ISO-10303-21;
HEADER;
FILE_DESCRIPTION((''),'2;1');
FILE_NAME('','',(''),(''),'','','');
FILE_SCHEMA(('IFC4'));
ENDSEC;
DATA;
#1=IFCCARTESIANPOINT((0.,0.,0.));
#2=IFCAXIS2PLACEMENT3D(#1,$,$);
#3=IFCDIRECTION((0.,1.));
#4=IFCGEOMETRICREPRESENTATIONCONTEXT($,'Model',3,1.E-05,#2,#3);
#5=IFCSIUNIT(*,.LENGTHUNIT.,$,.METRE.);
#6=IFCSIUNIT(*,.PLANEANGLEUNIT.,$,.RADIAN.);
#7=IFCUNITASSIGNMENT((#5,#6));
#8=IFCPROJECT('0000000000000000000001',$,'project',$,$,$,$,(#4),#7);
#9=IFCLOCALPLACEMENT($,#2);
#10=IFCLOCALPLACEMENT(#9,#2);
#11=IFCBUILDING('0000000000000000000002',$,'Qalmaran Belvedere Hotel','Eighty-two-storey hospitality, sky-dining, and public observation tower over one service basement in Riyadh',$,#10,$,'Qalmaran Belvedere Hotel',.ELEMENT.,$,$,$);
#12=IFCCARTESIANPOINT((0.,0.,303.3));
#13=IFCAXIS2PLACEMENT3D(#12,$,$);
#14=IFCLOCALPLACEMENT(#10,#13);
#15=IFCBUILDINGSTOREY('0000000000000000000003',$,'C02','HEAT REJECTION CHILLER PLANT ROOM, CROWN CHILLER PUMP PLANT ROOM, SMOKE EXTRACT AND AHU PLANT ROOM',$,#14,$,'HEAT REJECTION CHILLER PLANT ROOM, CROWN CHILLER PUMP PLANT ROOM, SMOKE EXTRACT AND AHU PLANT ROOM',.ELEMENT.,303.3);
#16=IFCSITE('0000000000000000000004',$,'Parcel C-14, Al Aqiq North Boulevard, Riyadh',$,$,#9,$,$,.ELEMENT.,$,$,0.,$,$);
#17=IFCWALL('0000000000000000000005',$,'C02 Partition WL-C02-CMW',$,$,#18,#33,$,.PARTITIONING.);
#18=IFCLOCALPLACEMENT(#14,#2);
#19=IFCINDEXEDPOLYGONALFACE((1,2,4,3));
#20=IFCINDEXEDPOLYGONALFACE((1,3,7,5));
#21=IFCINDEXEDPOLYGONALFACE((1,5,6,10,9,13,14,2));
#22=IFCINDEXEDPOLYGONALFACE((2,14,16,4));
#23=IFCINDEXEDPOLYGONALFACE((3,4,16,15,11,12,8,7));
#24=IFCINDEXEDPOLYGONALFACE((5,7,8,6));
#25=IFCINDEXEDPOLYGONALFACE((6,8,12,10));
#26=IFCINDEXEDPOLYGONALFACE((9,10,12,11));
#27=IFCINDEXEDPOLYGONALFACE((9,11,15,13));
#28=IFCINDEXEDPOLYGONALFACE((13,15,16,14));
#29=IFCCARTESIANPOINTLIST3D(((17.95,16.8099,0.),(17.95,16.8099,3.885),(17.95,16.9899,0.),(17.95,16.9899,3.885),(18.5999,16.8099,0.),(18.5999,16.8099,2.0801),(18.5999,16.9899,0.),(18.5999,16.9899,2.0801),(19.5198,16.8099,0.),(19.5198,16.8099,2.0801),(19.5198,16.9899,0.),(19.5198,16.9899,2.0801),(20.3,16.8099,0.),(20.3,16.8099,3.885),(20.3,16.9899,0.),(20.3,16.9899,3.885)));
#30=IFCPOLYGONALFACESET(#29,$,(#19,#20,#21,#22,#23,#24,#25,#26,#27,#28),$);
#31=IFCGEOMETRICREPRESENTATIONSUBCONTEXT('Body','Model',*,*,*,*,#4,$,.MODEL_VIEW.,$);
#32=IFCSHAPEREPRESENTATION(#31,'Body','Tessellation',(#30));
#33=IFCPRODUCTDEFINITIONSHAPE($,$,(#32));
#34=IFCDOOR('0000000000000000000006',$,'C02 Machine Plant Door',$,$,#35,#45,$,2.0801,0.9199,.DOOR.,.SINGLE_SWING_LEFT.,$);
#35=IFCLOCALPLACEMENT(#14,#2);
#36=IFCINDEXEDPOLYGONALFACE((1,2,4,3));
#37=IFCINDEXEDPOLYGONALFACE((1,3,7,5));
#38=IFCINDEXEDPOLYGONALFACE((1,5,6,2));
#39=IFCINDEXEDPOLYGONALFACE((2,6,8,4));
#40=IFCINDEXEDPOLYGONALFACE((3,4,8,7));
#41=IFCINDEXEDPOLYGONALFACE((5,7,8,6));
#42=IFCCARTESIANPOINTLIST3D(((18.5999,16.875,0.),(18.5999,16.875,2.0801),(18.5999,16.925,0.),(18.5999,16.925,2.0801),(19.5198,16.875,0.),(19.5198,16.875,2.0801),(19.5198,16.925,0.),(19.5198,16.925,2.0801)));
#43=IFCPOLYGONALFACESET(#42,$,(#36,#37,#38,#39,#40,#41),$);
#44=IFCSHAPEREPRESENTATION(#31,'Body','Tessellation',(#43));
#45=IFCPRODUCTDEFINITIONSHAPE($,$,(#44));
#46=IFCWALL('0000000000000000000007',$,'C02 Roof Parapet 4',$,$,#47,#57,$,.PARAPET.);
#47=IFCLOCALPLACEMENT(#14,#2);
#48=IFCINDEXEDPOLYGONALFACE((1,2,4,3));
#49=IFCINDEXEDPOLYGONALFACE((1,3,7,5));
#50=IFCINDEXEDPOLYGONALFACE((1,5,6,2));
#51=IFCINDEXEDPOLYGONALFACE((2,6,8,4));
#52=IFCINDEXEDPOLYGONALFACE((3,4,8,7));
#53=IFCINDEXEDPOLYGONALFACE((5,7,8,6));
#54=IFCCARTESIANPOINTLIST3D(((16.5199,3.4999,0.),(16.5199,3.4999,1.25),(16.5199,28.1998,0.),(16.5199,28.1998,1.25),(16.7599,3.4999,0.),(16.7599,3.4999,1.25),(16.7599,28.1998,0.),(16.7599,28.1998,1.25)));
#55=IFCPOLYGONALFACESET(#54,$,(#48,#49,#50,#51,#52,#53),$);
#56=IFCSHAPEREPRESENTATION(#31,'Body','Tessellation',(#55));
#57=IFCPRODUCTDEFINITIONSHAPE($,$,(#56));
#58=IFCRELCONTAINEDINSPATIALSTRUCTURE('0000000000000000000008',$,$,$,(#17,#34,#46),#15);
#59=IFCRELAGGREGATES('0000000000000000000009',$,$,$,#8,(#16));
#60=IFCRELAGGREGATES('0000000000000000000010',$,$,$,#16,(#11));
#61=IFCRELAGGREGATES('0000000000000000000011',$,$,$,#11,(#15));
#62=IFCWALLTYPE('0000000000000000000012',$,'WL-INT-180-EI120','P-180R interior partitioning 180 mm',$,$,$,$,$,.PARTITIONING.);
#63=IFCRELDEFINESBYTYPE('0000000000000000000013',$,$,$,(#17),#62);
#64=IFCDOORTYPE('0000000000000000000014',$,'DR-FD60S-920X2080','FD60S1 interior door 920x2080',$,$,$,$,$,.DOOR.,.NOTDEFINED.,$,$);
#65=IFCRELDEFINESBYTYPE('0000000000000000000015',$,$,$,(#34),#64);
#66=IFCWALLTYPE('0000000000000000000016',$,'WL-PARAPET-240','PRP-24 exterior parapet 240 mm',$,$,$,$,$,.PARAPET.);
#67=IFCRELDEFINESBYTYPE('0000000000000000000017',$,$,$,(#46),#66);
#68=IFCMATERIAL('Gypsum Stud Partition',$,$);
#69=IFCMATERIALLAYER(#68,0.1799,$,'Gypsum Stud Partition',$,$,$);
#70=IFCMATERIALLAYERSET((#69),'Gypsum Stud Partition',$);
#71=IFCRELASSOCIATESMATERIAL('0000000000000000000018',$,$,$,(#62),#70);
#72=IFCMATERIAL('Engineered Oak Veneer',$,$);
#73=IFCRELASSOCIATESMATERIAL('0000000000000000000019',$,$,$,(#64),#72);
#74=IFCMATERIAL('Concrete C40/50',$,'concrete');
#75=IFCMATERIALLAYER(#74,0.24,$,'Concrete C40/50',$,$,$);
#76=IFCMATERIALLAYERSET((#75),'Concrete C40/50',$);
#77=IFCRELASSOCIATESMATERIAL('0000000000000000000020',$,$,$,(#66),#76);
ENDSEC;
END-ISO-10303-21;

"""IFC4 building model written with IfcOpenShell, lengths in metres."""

from ifc_helpers import new_model, si_unit, direction, frame, frame_2d, origin, place, context, subcontext, project, spatial, rectangle, extrude, material, layer, layer_set, type_object, element, fill, save


model = new_model("IFC4")

# Units and contexts
model_context = context("Model", 3, precision=1e-05, world=origin(), true_north=direction((0.0, 1.0)))
body_context = subcontext(model_context, "Body", "Model", "MODEL_VIEW")
ifc_project = project(units=[si_unit("LENGTHUNIT", "METRE"), si_unit("PLANEANGLEUNIT", "RADIAN")], contexts=[model_context])

# Site, building, storey
site_placement = place(None, origin())
site = spatial("IfcSite", under=ifc_project, at=site_placement, Name="Parcel C-14, Al Aqiq North Boulevard, Riyadh", CompositionType="ELEMENT", RefElevation=0.0)
building_placement = place(site_placement, origin())
building = spatial("IfcBuilding", under=site, at=building_placement, Name="Qalmaran Belvedere Hotel", Description="Eighty-two-storey hospitality, sky-dining, and public observation tower over one service basement in Riyadh", LongName="Qalmaran Belvedere Hotel", CompositionType="ELEMENT")
storey_placement = place(building_placement, frame((0.0, 0.0, 303.3)))
storey = spatial("IfcBuildingStorey", under=building, at=storey_placement, Name="C02", Description="HEAT REJECTION CHILLER PLANT ROOM, CROWN CHILLER PUMP PLANT ROOM, SMOKE EXTRACT AND AHU PLANT ROOM", LongName="HEAT REJECTION CHILLER PLANT ROOM, CROWN CHILLER PUMP PLANT ROOM, SMOKE EXTRACT AND AHU PLANT ROOM", CompositionType="ELEMENT", Elevation=303.3)

# Wall, opening, door
ifc_material_1 = material(Name="Gypsum Stud Partition")
ifc_layer_1 = layer(ifc_material_1, 0.1799, Name="Gypsum Stud Partition")
ifc_layer_set_1 = layer_set([ifc_layer_1], Name="Gypsum Stud Partition")
wall_type_1 = type_object("IfcWallType", Name="WL-INT-180-EI120", Description="P-180R interior partitioning 180 mm", PredefinedType="PARTITIONING", material=ifc_layer_set_1)
wall_1_placement = place(storey_placement, frame((17.95, 16.8999, 0.0), z_axis=(0.0, 0.0, 1.0), x_axis=(1.0, 0.0, 0.0)))
wall_1 = element("IfcWall", 1, at=wall_1_placement, inside=storey, type_object=wall_type_1, Name="C02 Partition WL-C02-CMW", PredefinedType="PARTITIONING", context=body_context, shape_type="SweptSolid", body=[
    extrude(rectangle(XDim=2.3501, YDim=0.1799, at=frame_2d((1.175, 0.0))), origin(), (0.0, 0.0, 1.0), 3.885),
])
opening_1_placement = place(wall_1_placement, frame((1.5698, 0.0, 0.0), z_axis=(0.0, 0.0, 1.0), x_axis=(-1.0, 0.0, 0.0)))
opening_1 = element("IfcOpeningElement", 2, at=opening_1_placement, cuts=wall_1, PredefinedType="OPENING", context=body_context, shape_type="SweptSolid", body=[
    extrude(rectangle(XDim=0.9199, YDim=2.0801, at=frame_2d((0.46, 1.04))), frame((0.0, 0.1001, 0.0), z_axis=(0.0, -1.0, 0.0), x_axis=(1.0, 0.0, 0.0)), (0.0, 0.0, 1.0), 0.2),
])
ifc_material_2 = material(Name="Engineered Oak Veneer")
door_type_1 = type_object("IfcDoorType", Name="DR-FD60S-920X2080", Description="FD60S1 interior door 920x2080", OperationType="NOTDEFINED", PredefinedType="DOOR", material=ifc_material_2)
door_1_placement = place(opening_1_placement, origin())
door_1 = element("IfcDoor", 3, at=door_1_placement, inside=storey, type_object=door_type_1, Name="C02 Machine Plant Door", OperationType="SINGLE_SWING_LEFT", OverallHeight=2.0801, OverallWidth=0.9199, PredefinedType="DOOR", context=body_context, shape_type="SweptSolid", body=[
    extrude(rectangle(XDim=0.9199, YDim=2.0801, at=frame_2d((0.46, 1.04))), frame((0.0, 0.0249, 0.0), z_axis=(0.0, -1.0, 0.0), x_axis=(1.0, 0.0, 0.0)), (0.0, 0.0, 1.0), 0.05),
])
fill(opening_1, door_1)

# Wall
ifc_material_3 = material(Name="Concrete C40/50", Category="concrete")
ifc_layer_2 = layer(ifc_material_3, 0.24, Name="Concrete C40/50")
ifc_layer_set_2 = layer_set([ifc_layer_2], Name="Concrete C40/50")
wall_type_2 = type_object("IfcWallType", Name="WL-PARAPET-240", Description="PRP-24 exterior parapet 240 mm", PredefinedType="PARAPET", material=ifc_layer_set_2)
wall_2_placement = place(storey_placement, frame((16.6399, 28.2, 0.0), z_axis=(0.0, 0.0, 1.0), x_axis=(0.0, -1.0, 0.0)))
element("IfcWall", 4, at=wall_2_placement, inside=storey, type_object=wall_type_2, Name="C02 Roof Parapet 4", PredefinedType="PARAPET", context=body_context, shape_type="SweptSolid", body=[
    extrude(rectangle(XDim=24.7, YDim=0.24, at=frame_2d((12.3501, 0.0))), origin(), (0.0, 0.0, 1.0), 1.25),
])

save(model, "model.ifc")
